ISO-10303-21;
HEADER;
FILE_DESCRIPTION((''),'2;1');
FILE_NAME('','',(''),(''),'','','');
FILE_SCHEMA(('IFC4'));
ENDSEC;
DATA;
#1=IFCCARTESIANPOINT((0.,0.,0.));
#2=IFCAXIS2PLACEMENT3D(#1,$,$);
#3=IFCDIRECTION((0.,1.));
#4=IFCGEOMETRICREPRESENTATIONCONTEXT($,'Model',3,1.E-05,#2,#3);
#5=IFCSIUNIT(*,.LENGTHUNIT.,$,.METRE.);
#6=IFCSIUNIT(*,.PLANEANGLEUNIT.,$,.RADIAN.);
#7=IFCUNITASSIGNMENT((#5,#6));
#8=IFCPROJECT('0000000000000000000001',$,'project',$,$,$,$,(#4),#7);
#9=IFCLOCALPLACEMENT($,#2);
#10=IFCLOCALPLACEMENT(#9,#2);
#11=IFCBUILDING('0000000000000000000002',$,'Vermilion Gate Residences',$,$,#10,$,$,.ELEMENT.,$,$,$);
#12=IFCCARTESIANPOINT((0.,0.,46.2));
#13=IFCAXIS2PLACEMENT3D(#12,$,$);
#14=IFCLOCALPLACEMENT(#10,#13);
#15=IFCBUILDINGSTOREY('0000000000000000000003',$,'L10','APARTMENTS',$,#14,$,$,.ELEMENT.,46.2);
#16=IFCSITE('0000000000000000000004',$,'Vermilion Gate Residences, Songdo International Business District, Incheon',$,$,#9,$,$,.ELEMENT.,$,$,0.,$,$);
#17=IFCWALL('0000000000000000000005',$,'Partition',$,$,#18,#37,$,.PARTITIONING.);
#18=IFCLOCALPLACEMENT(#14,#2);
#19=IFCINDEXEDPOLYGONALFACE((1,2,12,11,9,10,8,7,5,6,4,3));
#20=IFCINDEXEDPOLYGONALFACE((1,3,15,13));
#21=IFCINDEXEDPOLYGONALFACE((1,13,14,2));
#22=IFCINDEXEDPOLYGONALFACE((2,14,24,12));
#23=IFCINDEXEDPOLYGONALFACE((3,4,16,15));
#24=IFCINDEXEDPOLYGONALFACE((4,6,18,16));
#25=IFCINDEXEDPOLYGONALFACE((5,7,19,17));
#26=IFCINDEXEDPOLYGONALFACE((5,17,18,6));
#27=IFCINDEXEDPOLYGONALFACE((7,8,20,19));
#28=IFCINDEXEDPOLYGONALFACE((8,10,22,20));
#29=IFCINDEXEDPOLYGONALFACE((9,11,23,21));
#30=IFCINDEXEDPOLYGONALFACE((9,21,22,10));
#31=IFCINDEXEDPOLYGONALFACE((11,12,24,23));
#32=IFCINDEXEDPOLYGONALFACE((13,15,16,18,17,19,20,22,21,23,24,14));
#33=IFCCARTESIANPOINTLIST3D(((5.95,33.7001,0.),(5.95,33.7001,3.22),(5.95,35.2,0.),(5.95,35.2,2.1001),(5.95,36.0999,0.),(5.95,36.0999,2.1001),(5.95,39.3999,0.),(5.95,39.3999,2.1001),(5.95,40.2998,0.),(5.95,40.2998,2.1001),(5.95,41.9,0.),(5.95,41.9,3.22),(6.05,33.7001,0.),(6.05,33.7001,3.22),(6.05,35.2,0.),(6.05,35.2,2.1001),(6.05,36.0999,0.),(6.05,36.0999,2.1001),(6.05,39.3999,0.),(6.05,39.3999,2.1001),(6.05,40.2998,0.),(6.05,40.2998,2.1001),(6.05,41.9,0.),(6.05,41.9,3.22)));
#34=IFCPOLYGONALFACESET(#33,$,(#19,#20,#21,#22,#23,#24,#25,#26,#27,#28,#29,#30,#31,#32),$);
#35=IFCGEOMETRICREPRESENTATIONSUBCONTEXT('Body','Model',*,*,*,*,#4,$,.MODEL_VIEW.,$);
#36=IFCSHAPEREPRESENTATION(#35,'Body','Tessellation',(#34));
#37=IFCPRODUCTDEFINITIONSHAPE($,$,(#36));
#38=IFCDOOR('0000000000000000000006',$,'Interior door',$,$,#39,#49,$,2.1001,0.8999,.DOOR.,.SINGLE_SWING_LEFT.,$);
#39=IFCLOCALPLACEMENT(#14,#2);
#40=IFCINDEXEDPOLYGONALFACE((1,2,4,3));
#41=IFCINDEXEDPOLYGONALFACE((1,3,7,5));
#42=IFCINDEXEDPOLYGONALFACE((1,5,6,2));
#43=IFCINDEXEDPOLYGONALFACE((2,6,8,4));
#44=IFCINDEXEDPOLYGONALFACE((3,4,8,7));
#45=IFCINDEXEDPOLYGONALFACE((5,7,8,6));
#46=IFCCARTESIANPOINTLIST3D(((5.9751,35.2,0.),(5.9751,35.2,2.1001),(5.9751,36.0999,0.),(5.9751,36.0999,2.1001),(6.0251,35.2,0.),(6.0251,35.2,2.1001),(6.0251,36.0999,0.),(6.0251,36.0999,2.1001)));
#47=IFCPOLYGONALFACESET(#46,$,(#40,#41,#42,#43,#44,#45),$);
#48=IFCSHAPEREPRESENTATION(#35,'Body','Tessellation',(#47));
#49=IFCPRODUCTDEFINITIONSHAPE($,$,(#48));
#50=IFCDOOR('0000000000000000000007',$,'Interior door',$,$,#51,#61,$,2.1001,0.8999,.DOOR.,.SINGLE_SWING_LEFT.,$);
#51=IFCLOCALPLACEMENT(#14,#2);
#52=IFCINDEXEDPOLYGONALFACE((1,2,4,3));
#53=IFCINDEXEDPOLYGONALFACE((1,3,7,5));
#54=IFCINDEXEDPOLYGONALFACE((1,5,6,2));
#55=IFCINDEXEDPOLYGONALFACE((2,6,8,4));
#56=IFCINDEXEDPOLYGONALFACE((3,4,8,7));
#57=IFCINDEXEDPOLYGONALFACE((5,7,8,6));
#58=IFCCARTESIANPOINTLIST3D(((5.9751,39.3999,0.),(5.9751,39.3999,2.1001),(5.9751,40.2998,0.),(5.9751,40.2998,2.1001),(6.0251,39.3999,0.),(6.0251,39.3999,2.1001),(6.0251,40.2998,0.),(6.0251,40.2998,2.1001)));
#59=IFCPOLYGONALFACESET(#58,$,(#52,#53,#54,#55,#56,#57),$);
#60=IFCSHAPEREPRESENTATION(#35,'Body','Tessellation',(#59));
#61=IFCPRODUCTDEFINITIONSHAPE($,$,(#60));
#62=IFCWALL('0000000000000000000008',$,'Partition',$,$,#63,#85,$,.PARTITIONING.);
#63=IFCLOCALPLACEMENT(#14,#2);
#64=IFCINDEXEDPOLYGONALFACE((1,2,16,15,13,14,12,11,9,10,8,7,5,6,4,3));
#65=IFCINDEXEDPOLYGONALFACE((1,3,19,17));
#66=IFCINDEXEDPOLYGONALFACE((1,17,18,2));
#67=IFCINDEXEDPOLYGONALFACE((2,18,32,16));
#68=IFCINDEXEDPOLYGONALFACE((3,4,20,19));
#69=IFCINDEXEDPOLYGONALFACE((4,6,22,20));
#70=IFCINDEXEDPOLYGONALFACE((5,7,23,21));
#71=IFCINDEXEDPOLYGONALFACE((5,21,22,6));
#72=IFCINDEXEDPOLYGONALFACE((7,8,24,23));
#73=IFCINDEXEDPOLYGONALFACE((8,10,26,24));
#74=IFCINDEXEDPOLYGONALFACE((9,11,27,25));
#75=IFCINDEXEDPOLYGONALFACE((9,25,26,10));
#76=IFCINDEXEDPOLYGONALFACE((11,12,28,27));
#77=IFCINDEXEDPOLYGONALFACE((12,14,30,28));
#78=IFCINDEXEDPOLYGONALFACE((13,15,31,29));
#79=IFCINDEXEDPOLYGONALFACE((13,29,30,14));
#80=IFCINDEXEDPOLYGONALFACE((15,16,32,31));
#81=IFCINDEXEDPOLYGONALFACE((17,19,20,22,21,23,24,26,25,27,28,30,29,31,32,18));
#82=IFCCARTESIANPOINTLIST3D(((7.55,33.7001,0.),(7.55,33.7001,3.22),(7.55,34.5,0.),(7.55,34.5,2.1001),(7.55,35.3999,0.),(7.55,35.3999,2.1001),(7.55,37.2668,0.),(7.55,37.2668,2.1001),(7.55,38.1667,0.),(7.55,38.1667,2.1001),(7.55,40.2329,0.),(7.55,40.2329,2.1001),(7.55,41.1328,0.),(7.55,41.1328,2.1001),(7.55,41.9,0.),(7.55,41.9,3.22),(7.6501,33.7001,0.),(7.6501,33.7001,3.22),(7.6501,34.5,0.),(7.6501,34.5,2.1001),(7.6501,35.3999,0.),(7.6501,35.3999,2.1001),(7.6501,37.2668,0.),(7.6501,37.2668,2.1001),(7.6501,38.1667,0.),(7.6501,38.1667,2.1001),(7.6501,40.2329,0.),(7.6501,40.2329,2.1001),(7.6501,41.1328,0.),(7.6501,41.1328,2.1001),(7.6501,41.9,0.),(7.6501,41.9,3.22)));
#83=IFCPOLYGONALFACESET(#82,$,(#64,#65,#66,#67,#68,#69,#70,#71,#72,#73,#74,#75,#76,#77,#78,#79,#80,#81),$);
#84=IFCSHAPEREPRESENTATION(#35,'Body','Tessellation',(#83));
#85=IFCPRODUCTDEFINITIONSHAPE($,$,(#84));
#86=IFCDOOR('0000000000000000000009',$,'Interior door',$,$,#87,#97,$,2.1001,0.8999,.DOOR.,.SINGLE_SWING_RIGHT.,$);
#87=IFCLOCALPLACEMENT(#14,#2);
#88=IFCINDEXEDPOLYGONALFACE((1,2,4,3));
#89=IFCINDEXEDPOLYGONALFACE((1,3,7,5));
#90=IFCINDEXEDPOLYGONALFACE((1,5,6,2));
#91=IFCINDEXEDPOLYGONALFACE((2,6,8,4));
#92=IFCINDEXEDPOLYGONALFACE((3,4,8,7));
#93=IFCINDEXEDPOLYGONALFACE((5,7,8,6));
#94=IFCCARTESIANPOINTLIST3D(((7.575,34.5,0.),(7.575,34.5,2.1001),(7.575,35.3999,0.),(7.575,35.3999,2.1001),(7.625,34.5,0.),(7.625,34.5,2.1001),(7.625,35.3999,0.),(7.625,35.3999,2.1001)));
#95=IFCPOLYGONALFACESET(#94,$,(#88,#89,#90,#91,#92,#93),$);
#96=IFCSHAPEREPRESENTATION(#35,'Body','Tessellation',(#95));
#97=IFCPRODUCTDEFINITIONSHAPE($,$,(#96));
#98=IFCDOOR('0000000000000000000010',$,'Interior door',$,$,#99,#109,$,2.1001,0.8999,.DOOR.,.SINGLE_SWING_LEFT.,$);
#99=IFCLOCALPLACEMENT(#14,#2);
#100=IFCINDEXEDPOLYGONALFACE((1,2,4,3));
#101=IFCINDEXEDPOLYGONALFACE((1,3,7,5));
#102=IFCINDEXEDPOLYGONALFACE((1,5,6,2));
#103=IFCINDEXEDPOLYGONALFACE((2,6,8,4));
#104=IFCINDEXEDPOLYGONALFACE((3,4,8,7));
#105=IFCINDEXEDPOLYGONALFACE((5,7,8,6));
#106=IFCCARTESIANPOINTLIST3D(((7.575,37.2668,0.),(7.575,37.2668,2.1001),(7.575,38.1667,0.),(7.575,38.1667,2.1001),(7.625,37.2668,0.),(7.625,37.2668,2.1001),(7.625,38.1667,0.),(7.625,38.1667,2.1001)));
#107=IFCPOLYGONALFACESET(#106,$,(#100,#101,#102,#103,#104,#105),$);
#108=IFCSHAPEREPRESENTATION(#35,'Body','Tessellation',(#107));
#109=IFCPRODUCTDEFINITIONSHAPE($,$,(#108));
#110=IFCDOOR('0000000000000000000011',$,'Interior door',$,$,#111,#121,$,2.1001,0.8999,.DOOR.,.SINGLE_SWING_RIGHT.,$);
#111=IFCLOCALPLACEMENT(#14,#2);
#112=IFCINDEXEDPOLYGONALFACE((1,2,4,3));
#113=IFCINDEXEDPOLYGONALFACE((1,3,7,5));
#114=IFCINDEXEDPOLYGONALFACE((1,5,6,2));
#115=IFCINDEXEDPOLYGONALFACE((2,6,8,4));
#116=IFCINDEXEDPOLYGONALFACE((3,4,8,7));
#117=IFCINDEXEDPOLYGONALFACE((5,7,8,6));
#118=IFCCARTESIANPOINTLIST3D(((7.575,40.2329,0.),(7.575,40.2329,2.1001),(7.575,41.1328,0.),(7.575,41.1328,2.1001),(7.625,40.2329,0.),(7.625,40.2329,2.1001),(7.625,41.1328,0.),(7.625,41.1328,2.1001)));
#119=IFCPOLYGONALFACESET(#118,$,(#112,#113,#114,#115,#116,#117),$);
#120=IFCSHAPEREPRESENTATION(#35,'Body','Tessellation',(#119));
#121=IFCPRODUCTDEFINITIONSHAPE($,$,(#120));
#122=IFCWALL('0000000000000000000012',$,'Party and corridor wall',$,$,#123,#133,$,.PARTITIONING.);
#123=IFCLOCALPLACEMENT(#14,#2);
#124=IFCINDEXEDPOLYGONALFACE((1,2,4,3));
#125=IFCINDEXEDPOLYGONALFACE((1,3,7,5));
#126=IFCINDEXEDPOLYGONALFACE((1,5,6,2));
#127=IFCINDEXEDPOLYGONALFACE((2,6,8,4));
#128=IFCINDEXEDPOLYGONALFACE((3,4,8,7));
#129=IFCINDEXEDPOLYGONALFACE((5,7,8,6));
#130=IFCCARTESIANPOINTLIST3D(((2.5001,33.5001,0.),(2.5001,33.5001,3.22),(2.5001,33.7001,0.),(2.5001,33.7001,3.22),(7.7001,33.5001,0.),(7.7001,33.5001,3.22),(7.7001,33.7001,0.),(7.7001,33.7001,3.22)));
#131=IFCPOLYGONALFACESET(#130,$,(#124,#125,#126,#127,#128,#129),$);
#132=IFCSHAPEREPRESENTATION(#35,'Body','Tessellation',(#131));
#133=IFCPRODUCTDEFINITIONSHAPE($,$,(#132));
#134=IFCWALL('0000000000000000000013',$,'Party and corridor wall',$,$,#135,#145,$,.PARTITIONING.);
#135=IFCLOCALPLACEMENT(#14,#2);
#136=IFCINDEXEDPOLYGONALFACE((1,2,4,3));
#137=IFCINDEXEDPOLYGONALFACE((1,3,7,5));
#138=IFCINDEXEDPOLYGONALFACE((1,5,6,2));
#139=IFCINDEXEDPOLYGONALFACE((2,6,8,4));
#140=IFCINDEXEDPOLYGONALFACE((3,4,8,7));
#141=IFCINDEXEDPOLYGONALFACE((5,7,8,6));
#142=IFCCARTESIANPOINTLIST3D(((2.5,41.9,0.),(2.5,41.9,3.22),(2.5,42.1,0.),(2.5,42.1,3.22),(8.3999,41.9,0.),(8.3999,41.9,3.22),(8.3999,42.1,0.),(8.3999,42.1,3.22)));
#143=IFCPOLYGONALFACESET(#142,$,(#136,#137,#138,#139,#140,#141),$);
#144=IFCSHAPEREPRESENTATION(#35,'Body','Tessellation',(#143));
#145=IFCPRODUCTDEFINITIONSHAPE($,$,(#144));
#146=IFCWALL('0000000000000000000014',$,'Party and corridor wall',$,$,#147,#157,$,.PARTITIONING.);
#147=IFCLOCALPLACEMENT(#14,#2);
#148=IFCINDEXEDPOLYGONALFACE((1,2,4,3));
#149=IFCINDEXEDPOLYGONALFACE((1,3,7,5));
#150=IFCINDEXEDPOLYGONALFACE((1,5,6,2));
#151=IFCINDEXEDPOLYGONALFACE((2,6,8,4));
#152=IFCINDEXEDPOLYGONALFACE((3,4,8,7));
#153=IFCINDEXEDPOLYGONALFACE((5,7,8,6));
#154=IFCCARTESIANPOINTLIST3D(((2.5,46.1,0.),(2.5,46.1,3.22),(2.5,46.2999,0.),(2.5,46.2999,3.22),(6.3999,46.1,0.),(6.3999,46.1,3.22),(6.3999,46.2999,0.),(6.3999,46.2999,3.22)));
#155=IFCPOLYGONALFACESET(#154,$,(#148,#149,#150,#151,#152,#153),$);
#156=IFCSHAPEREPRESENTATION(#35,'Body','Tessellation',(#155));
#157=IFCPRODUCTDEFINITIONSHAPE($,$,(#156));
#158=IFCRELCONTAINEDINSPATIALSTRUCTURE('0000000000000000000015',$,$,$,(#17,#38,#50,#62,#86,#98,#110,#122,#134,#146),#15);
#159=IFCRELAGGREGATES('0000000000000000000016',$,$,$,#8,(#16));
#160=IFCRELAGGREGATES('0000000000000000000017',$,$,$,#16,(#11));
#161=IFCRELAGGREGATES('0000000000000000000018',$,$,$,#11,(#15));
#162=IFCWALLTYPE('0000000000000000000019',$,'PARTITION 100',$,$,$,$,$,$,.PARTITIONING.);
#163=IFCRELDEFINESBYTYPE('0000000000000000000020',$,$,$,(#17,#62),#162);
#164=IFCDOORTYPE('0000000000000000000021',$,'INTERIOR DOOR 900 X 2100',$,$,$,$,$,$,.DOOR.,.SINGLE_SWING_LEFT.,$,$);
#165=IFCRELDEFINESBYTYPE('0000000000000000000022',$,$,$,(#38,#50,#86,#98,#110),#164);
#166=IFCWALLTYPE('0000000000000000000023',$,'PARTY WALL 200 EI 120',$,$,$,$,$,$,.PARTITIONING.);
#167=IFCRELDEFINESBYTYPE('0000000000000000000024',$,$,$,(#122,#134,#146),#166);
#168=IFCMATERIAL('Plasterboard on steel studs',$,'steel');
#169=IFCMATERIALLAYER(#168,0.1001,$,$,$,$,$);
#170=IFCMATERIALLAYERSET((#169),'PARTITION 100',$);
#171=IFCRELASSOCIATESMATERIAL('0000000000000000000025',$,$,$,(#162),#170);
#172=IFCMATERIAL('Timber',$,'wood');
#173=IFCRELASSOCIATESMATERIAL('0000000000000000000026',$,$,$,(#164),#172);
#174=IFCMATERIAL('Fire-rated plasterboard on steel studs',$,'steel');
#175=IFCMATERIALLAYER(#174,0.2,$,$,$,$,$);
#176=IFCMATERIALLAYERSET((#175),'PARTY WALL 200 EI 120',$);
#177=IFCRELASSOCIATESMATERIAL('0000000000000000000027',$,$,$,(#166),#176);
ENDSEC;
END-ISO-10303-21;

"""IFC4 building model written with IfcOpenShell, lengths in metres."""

from ifc_helpers import new_model, si_unit, direction, frame, frame_2d, origin, place, context, subcontext, project, spatial, rectangle, extrude, material, layer, layer_set, type_object, element, fill, save


model = new_model("IFC4")

# Units and contexts
model_context = context("Model", 3, precision=1e-05, world=origin(), true_north=direction((0.0, 1.0)))
body_context = subcontext(model_context, "Body", "Model", "MODEL_VIEW")
ifc_project = project(units=[si_unit("LENGTHUNIT", "METRE"), si_unit("PLANEANGLEUNIT", "RADIAN")], contexts=[model_context])

# Site, building, storey
site_placement = place(None, origin())
site = spatial("IfcSite", under=ifc_project, at=site_placement, Name="Vermilion Gate Residences, Songdo International Business District, Incheon", CompositionType="ELEMENT", RefElevation=0.0)
building_placement = place(site_placement, origin())
building = spatial("IfcBuilding", under=site, at=building_placement, Name="Vermilion Gate Residences", CompositionType="ELEMENT")
storey_placement = place(building_placement, frame((0.0, 0.0, 46.2)))
storey = spatial("IfcBuildingStorey", under=building, at=storey_placement, Name="L10", Description="APARTMENTS", CompositionType="ELEMENT", Elevation=46.2)

# Shared definitions
ifc_material_1 = material(Name="Plasterboard on steel studs", Category="steel")
ifc_layer_1 = layer(ifc_material_1, 0.1001)
ifc_layer_set_1 = layer_set([ifc_layer_1], Name="PARTITION 100")
wall_type_1 = type_object("IfcWallType", Name="PARTITION 100", PredefinedType="PARTITIONING", material=ifc_layer_set_1)

# Walls, openings, doors
wall_1_placement = place(storey_placement, frame((6.0, 33.7, 0.0), z_axis=(0.0, 0.0, 1.0), x_axis=(0.0, 1.0, 0.0)))
wall_1 = element("IfcWall", 1, at=wall_1_placement, inside=storey, type_object=wall_type_1, Name="Partition", PredefinedType="PARTITIONING", context=body_context, shape_type="SweptSolid", body=[
    extrude(rectangle(XDim=8.2, YDim=0.1001, at=frame_2d((4.1001, 0.0))), origin(), (0.0, 0.0, 1.0), 3.22),
])
opening_1_placement = place(wall_1_placement, frame((1.5, 0.0, 0.0)))
opening_1 = element("IfcOpeningElement", 2, at=opening_1_placement, cuts=wall_1, PredefinedType="OPENING", context=body_context, shape_type="SweptSolid", body=[
    extrude(rectangle(XDim=0.8999, YDim=2.1001, at=frame_2d((0.45, 1.05))), frame((0.0, 0.0601, 0.0), z_axis=(0.0, -1.0, 0.0), x_axis=(1.0, 0.0, 0.0)), (0.0, 0.0, 1.0), 0.1201),
])
opening_2_placement = place(wall_1_placement, frame((5.7, 0.0, 0.0)))
opening_2 = element("IfcOpeningElement", 3, at=opening_2_placement, cuts=wall_1, PredefinedType="OPENING", context=body_context, shape_type="SweptSolid", body=[
    extrude(rectangle(XDim=0.8999, YDim=2.1001, at=frame_2d((0.45, 1.05))), frame((0.0, 0.0601, 0.0), z_axis=(0.0, -1.0, 0.0), x_axis=(1.0, 0.0, 0.0)), (0.0, 0.0, 1.0), 0.1201),
])
ifc_material_2 = material(Name="Timber", Category="wood")
door_type_1 = type_object("IfcDoorType", Name="INTERIOR DOOR 900 X 2100", OperationType="SINGLE_SWING_LEFT", PredefinedType="DOOR", material=ifc_material_2)
door_1_placement = place(opening_1_placement, origin())
door_1 = element("IfcDoor", 4, at=door_1_placement, inside=storey, type_object=door_type_1, Name="Interior door", OperationType="SINGLE_SWING_LEFT", OverallHeight=2.1001, OverallWidth=0.8999, PredefinedType="DOOR", context=body_context, shape_type="SweptSolid", body=[
    extrude(rectangle(XDim=0.8999, YDim=2.1001, at=frame_2d((0.45, 1.05))), frame((0.0, 0.0249, 0.0), z_axis=(0.0, -1.0, 0.0), x_axis=(1.0, 0.0, 0.0)), (0.0, 0.0, 1.0), 0.05),
])
fill(opening_1, door_1)
door_2_placement = place(opening_2_placement, origin())
door_2 = element("IfcDoor", 5, at=door_2_placement, inside=storey, type_object=door_type_1, Name="Interior door", OperationType="SINGLE_SWING_LEFT", OverallHeight=2.1001, OverallWidth=0.8999, PredefinedType="DOOR", context=body_context, shape_type="SweptSolid", body=[
    extrude(rectangle(XDim=0.8999, YDim=2.1001, at=frame_2d((0.45, 1.05))), frame((0.0, 0.0249, 0.0), z_axis=(0.0, -1.0, 0.0), x_axis=(1.0, 0.0, 0.0)), (0.0, 0.0, 1.0), 0.05),
])
fill(opening_2, door_2)
wall_2_placement = place(storey_placement, frame((7.6001, 33.7, 0.0), z_axis=(0.0, 0.0, 1.0), x_axis=(0.0, 1.0, 0.0)))
wall_2 = element("IfcWall", 6, at=wall_2_placement, inside=storey, type_object=wall_type_1, Name="Partition", PredefinedType="PARTITIONING", context=body_context, shape_type="SweptSolid", body=[
    extrude(rectangle(XDim=8.2, YDim=0.1001, at=frame_2d((4.1001, 0.0))), origin(), (0.0, 0.0, 1.0), 3.22),
])
opening_3_placement = place(wall_2_placement, frame((0.8, 0.0, 0.0)))
opening_3 = element("IfcOpeningElement", 7, at=opening_3_placement, cuts=wall_2, PredefinedType="OPENING", context=body_context, shape_type="SweptSolid", body=[
    extrude(rectangle(XDim=0.8999, YDim=2.1001, at=frame_2d((0.45, 1.05))), frame((0.0, 0.0601, 0.0), z_axis=(0.0, -1.0, 0.0), x_axis=(1.0, 0.0, 0.0)), (0.0, 0.0, 1.0), 0.1201),
])
opening_4_placement = place(wall_2_placement, frame((3.5669, 0.0, 0.0)))
opening_4 = element("IfcOpeningElement", 8, at=opening_4_placement, cuts=wall_2, PredefinedType="OPENING", context=body_context, shape_type="SweptSolid", body=[
    extrude(rectangle(XDim=0.8999, YDim=2.1001, at=frame_2d((0.45, 1.05))), frame((0.0, 0.0601, 0.0), z_axis=(0.0, -1.0, 0.0), x_axis=(1.0, 0.0, 0.0)), (0.0, 0.0, 1.0), 0.1201),
])
opening_5_placement = place(wall_2_placement, frame((6.533, 0.0, 0.0)))
opening_5 = element("IfcOpeningElement", 9, at=opening_5_placement, cuts=wall_2, PredefinedType="OPENING", context=body_context, shape_type="SweptSolid", body=[
    extrude(rectangle(XDim=0.8999, YDim=2.1001, at=frame_2d((0.45, 1.05))), frame((0.0, 0.0601, 0.0), z_axis=(0.0, -1.0, 0.0), x_axis=(1.0, 0.0, 0.0)), (0.0, 0.0, 1.0), 0.1201),
])
door_3_placement = place(opening_3_placement, frame((0.8999, 0.0, 0.0), z_axis=(0.0, 0.0, 1.0), x_axis=(-1.0, 0.0, 0.0)))
door_3 = element("IfcDoor", 10, at=door_3_placement, inside=storey, type_object=door_type_1, Name="Interior door", OperationType="SINGLE_SWING_RIGHT", OverallHeight=2.1001, OverallWidth=0.8999, PredefinedType="DOOR", context=body_context, shape_type="SweptSolid", body=[
    extrude(rectangle(XDim=0.8999, YDim=2.1001, at=frame_2d((0.45, 1.05))), frame((0.0, 0.0249, 0.0), z_axis=(0.0, -1.0, 0.0), x_axis=(1.0, 0.0, 0.0)), (0.0, 0.0, 1.0), 0.05),
])
fill(opening_3, door_3)
door_4_placement = place(opening_4_placement, frame((0.8999, 0.0, 0.0), z_axis=(0.0, 0.0, 1.0), x_axis=(-1.0, 0.0, 0.0)))
door_4 = element("IfcDoor", 11, at=door_4_placement, inside=storey, type_object=door_type_1, Name="Interior door", OperationType="SINGLE_SWING_LEFT", OverallHeight=2.1001, OverallWidth=0.8999, PredefinedType="DOOR", context=body_context, shape_type="SweptSolid", body=[
    extrude(rectangle(XDim=0.8999, YDim=2.1001, at=frame_2d((0.45, 1.05))), frame((0.0, 0.0249, 0.0), z_axis=(0.0, -1.0, 0.0), x_axis=(1.0, 0.0, 0.0)), (0.0, 0.0, 1.0), 0.05),
])
fill(opening_4, door_4)
door_5_placement = place(opening_5_placement, frame((0.8999, 0.0, 0.0), z_axis=(0.0, 0.0, 1.0), x_axis=(-1.0, 0.0, 0.0)))
door_5 = element("IfcDoor", 12, at=door_5_placement, inside=storey, type_object=door_type_1, Name="Interior door", OperationType="SINGLE_SWING_RIGHT", OverallHeight=2.1001, OverallWidth=0.8999, PredefinedType="DOOR", context=body_context, shape_type="SweptSolid", body=[
    extrude(rectangle(XDim=0.8999, YDim=2.1001, at=frame_2d((0.45, 1.05))), frame((0.0, 0.0249, 0.0), z_axis=(0.0, -1.0, 0.0), x_axis=(1.0, 0.0, 0.0)), (0.0, 0.0, 1.0), 0.05),
])
fill(opening_5, door_5)

# Walls
ifc_material_3 = material(Name="Fire-rated plasterboard on steel studs", Category="steel")
ifc_layer_2 = layer(ifc_material_3, 0.2)
ifc_layer_set_2 = layer_set([ifc_layer_2], Name="PARTY WALL 200 EI 120")
wall_type_2 = type_object("IfcWallType", Name="PARTY WALL 200 EI 120", PredefinedType="PARTITIONING", material=ifc_layer_set_2)
wall_3_placement = place(storey_placement, frame((2.5, 33.6001, 0.0), z_axis=(0.0, 0.0, 1.0), x_axis=(1.0, 0.0, 0.0)))
element("IfcWall", 13, at=wall_3_placement, inside=storey, type_object=wall_type_2, Name="Party and corridor wall", PredefinedType="PARTITIONING", context=body_context, shape_type="SweptSolid", body=[
    extrude(rectangle(XDim=5.2, YDim=0.2, at=frame_2d((2.6001, 0.0))), origin(), (0.0, 0.0, 1.0), 3.22),
])
wall_4_placement = place(storey_placement, frame((2.5, 42.0, 0.0), z_axis=(0.0, 0.0, 1.0), x_axis=(1.0, 0.0, 0.0)))
element("IfcWall", 14, at=wall_4_placement, inside=storey, type_object=wall_type_2, Name="Party and corridor wall", PredefinedType="PARTITIONING", context=body_context, shape_type="SweptSolid", body=[
    extrude(rectangle(XDim=5.8999, YDim=0.2, at=frame_2d((2.95, 0.0))), origin(), (0.0, 0.0, 1.0), 3.22),
])
wall_5_placement = place(storey_placement, frame((2.5, 46.2, 0.0), z_axis=(0.0, 0.0, 1.0), x_axis=(1.0, 0.0, 0.0)))
element("IfcWall", 15, at=wall_5_placement, inside=storey, type_object=wall_type_2, Name="Party and corridor wall", PredefinedType="PARTITIONING", context=body_context, shape_type="SweptSolid", body=[
    extrude(rectangle(XDim=3.8999, YDim=0.2, at=frame_2d((1.95, 0.0))), origin(), (0.0, 0.0, 1.0), 3.22),
])

save(model, "model.ifc")
